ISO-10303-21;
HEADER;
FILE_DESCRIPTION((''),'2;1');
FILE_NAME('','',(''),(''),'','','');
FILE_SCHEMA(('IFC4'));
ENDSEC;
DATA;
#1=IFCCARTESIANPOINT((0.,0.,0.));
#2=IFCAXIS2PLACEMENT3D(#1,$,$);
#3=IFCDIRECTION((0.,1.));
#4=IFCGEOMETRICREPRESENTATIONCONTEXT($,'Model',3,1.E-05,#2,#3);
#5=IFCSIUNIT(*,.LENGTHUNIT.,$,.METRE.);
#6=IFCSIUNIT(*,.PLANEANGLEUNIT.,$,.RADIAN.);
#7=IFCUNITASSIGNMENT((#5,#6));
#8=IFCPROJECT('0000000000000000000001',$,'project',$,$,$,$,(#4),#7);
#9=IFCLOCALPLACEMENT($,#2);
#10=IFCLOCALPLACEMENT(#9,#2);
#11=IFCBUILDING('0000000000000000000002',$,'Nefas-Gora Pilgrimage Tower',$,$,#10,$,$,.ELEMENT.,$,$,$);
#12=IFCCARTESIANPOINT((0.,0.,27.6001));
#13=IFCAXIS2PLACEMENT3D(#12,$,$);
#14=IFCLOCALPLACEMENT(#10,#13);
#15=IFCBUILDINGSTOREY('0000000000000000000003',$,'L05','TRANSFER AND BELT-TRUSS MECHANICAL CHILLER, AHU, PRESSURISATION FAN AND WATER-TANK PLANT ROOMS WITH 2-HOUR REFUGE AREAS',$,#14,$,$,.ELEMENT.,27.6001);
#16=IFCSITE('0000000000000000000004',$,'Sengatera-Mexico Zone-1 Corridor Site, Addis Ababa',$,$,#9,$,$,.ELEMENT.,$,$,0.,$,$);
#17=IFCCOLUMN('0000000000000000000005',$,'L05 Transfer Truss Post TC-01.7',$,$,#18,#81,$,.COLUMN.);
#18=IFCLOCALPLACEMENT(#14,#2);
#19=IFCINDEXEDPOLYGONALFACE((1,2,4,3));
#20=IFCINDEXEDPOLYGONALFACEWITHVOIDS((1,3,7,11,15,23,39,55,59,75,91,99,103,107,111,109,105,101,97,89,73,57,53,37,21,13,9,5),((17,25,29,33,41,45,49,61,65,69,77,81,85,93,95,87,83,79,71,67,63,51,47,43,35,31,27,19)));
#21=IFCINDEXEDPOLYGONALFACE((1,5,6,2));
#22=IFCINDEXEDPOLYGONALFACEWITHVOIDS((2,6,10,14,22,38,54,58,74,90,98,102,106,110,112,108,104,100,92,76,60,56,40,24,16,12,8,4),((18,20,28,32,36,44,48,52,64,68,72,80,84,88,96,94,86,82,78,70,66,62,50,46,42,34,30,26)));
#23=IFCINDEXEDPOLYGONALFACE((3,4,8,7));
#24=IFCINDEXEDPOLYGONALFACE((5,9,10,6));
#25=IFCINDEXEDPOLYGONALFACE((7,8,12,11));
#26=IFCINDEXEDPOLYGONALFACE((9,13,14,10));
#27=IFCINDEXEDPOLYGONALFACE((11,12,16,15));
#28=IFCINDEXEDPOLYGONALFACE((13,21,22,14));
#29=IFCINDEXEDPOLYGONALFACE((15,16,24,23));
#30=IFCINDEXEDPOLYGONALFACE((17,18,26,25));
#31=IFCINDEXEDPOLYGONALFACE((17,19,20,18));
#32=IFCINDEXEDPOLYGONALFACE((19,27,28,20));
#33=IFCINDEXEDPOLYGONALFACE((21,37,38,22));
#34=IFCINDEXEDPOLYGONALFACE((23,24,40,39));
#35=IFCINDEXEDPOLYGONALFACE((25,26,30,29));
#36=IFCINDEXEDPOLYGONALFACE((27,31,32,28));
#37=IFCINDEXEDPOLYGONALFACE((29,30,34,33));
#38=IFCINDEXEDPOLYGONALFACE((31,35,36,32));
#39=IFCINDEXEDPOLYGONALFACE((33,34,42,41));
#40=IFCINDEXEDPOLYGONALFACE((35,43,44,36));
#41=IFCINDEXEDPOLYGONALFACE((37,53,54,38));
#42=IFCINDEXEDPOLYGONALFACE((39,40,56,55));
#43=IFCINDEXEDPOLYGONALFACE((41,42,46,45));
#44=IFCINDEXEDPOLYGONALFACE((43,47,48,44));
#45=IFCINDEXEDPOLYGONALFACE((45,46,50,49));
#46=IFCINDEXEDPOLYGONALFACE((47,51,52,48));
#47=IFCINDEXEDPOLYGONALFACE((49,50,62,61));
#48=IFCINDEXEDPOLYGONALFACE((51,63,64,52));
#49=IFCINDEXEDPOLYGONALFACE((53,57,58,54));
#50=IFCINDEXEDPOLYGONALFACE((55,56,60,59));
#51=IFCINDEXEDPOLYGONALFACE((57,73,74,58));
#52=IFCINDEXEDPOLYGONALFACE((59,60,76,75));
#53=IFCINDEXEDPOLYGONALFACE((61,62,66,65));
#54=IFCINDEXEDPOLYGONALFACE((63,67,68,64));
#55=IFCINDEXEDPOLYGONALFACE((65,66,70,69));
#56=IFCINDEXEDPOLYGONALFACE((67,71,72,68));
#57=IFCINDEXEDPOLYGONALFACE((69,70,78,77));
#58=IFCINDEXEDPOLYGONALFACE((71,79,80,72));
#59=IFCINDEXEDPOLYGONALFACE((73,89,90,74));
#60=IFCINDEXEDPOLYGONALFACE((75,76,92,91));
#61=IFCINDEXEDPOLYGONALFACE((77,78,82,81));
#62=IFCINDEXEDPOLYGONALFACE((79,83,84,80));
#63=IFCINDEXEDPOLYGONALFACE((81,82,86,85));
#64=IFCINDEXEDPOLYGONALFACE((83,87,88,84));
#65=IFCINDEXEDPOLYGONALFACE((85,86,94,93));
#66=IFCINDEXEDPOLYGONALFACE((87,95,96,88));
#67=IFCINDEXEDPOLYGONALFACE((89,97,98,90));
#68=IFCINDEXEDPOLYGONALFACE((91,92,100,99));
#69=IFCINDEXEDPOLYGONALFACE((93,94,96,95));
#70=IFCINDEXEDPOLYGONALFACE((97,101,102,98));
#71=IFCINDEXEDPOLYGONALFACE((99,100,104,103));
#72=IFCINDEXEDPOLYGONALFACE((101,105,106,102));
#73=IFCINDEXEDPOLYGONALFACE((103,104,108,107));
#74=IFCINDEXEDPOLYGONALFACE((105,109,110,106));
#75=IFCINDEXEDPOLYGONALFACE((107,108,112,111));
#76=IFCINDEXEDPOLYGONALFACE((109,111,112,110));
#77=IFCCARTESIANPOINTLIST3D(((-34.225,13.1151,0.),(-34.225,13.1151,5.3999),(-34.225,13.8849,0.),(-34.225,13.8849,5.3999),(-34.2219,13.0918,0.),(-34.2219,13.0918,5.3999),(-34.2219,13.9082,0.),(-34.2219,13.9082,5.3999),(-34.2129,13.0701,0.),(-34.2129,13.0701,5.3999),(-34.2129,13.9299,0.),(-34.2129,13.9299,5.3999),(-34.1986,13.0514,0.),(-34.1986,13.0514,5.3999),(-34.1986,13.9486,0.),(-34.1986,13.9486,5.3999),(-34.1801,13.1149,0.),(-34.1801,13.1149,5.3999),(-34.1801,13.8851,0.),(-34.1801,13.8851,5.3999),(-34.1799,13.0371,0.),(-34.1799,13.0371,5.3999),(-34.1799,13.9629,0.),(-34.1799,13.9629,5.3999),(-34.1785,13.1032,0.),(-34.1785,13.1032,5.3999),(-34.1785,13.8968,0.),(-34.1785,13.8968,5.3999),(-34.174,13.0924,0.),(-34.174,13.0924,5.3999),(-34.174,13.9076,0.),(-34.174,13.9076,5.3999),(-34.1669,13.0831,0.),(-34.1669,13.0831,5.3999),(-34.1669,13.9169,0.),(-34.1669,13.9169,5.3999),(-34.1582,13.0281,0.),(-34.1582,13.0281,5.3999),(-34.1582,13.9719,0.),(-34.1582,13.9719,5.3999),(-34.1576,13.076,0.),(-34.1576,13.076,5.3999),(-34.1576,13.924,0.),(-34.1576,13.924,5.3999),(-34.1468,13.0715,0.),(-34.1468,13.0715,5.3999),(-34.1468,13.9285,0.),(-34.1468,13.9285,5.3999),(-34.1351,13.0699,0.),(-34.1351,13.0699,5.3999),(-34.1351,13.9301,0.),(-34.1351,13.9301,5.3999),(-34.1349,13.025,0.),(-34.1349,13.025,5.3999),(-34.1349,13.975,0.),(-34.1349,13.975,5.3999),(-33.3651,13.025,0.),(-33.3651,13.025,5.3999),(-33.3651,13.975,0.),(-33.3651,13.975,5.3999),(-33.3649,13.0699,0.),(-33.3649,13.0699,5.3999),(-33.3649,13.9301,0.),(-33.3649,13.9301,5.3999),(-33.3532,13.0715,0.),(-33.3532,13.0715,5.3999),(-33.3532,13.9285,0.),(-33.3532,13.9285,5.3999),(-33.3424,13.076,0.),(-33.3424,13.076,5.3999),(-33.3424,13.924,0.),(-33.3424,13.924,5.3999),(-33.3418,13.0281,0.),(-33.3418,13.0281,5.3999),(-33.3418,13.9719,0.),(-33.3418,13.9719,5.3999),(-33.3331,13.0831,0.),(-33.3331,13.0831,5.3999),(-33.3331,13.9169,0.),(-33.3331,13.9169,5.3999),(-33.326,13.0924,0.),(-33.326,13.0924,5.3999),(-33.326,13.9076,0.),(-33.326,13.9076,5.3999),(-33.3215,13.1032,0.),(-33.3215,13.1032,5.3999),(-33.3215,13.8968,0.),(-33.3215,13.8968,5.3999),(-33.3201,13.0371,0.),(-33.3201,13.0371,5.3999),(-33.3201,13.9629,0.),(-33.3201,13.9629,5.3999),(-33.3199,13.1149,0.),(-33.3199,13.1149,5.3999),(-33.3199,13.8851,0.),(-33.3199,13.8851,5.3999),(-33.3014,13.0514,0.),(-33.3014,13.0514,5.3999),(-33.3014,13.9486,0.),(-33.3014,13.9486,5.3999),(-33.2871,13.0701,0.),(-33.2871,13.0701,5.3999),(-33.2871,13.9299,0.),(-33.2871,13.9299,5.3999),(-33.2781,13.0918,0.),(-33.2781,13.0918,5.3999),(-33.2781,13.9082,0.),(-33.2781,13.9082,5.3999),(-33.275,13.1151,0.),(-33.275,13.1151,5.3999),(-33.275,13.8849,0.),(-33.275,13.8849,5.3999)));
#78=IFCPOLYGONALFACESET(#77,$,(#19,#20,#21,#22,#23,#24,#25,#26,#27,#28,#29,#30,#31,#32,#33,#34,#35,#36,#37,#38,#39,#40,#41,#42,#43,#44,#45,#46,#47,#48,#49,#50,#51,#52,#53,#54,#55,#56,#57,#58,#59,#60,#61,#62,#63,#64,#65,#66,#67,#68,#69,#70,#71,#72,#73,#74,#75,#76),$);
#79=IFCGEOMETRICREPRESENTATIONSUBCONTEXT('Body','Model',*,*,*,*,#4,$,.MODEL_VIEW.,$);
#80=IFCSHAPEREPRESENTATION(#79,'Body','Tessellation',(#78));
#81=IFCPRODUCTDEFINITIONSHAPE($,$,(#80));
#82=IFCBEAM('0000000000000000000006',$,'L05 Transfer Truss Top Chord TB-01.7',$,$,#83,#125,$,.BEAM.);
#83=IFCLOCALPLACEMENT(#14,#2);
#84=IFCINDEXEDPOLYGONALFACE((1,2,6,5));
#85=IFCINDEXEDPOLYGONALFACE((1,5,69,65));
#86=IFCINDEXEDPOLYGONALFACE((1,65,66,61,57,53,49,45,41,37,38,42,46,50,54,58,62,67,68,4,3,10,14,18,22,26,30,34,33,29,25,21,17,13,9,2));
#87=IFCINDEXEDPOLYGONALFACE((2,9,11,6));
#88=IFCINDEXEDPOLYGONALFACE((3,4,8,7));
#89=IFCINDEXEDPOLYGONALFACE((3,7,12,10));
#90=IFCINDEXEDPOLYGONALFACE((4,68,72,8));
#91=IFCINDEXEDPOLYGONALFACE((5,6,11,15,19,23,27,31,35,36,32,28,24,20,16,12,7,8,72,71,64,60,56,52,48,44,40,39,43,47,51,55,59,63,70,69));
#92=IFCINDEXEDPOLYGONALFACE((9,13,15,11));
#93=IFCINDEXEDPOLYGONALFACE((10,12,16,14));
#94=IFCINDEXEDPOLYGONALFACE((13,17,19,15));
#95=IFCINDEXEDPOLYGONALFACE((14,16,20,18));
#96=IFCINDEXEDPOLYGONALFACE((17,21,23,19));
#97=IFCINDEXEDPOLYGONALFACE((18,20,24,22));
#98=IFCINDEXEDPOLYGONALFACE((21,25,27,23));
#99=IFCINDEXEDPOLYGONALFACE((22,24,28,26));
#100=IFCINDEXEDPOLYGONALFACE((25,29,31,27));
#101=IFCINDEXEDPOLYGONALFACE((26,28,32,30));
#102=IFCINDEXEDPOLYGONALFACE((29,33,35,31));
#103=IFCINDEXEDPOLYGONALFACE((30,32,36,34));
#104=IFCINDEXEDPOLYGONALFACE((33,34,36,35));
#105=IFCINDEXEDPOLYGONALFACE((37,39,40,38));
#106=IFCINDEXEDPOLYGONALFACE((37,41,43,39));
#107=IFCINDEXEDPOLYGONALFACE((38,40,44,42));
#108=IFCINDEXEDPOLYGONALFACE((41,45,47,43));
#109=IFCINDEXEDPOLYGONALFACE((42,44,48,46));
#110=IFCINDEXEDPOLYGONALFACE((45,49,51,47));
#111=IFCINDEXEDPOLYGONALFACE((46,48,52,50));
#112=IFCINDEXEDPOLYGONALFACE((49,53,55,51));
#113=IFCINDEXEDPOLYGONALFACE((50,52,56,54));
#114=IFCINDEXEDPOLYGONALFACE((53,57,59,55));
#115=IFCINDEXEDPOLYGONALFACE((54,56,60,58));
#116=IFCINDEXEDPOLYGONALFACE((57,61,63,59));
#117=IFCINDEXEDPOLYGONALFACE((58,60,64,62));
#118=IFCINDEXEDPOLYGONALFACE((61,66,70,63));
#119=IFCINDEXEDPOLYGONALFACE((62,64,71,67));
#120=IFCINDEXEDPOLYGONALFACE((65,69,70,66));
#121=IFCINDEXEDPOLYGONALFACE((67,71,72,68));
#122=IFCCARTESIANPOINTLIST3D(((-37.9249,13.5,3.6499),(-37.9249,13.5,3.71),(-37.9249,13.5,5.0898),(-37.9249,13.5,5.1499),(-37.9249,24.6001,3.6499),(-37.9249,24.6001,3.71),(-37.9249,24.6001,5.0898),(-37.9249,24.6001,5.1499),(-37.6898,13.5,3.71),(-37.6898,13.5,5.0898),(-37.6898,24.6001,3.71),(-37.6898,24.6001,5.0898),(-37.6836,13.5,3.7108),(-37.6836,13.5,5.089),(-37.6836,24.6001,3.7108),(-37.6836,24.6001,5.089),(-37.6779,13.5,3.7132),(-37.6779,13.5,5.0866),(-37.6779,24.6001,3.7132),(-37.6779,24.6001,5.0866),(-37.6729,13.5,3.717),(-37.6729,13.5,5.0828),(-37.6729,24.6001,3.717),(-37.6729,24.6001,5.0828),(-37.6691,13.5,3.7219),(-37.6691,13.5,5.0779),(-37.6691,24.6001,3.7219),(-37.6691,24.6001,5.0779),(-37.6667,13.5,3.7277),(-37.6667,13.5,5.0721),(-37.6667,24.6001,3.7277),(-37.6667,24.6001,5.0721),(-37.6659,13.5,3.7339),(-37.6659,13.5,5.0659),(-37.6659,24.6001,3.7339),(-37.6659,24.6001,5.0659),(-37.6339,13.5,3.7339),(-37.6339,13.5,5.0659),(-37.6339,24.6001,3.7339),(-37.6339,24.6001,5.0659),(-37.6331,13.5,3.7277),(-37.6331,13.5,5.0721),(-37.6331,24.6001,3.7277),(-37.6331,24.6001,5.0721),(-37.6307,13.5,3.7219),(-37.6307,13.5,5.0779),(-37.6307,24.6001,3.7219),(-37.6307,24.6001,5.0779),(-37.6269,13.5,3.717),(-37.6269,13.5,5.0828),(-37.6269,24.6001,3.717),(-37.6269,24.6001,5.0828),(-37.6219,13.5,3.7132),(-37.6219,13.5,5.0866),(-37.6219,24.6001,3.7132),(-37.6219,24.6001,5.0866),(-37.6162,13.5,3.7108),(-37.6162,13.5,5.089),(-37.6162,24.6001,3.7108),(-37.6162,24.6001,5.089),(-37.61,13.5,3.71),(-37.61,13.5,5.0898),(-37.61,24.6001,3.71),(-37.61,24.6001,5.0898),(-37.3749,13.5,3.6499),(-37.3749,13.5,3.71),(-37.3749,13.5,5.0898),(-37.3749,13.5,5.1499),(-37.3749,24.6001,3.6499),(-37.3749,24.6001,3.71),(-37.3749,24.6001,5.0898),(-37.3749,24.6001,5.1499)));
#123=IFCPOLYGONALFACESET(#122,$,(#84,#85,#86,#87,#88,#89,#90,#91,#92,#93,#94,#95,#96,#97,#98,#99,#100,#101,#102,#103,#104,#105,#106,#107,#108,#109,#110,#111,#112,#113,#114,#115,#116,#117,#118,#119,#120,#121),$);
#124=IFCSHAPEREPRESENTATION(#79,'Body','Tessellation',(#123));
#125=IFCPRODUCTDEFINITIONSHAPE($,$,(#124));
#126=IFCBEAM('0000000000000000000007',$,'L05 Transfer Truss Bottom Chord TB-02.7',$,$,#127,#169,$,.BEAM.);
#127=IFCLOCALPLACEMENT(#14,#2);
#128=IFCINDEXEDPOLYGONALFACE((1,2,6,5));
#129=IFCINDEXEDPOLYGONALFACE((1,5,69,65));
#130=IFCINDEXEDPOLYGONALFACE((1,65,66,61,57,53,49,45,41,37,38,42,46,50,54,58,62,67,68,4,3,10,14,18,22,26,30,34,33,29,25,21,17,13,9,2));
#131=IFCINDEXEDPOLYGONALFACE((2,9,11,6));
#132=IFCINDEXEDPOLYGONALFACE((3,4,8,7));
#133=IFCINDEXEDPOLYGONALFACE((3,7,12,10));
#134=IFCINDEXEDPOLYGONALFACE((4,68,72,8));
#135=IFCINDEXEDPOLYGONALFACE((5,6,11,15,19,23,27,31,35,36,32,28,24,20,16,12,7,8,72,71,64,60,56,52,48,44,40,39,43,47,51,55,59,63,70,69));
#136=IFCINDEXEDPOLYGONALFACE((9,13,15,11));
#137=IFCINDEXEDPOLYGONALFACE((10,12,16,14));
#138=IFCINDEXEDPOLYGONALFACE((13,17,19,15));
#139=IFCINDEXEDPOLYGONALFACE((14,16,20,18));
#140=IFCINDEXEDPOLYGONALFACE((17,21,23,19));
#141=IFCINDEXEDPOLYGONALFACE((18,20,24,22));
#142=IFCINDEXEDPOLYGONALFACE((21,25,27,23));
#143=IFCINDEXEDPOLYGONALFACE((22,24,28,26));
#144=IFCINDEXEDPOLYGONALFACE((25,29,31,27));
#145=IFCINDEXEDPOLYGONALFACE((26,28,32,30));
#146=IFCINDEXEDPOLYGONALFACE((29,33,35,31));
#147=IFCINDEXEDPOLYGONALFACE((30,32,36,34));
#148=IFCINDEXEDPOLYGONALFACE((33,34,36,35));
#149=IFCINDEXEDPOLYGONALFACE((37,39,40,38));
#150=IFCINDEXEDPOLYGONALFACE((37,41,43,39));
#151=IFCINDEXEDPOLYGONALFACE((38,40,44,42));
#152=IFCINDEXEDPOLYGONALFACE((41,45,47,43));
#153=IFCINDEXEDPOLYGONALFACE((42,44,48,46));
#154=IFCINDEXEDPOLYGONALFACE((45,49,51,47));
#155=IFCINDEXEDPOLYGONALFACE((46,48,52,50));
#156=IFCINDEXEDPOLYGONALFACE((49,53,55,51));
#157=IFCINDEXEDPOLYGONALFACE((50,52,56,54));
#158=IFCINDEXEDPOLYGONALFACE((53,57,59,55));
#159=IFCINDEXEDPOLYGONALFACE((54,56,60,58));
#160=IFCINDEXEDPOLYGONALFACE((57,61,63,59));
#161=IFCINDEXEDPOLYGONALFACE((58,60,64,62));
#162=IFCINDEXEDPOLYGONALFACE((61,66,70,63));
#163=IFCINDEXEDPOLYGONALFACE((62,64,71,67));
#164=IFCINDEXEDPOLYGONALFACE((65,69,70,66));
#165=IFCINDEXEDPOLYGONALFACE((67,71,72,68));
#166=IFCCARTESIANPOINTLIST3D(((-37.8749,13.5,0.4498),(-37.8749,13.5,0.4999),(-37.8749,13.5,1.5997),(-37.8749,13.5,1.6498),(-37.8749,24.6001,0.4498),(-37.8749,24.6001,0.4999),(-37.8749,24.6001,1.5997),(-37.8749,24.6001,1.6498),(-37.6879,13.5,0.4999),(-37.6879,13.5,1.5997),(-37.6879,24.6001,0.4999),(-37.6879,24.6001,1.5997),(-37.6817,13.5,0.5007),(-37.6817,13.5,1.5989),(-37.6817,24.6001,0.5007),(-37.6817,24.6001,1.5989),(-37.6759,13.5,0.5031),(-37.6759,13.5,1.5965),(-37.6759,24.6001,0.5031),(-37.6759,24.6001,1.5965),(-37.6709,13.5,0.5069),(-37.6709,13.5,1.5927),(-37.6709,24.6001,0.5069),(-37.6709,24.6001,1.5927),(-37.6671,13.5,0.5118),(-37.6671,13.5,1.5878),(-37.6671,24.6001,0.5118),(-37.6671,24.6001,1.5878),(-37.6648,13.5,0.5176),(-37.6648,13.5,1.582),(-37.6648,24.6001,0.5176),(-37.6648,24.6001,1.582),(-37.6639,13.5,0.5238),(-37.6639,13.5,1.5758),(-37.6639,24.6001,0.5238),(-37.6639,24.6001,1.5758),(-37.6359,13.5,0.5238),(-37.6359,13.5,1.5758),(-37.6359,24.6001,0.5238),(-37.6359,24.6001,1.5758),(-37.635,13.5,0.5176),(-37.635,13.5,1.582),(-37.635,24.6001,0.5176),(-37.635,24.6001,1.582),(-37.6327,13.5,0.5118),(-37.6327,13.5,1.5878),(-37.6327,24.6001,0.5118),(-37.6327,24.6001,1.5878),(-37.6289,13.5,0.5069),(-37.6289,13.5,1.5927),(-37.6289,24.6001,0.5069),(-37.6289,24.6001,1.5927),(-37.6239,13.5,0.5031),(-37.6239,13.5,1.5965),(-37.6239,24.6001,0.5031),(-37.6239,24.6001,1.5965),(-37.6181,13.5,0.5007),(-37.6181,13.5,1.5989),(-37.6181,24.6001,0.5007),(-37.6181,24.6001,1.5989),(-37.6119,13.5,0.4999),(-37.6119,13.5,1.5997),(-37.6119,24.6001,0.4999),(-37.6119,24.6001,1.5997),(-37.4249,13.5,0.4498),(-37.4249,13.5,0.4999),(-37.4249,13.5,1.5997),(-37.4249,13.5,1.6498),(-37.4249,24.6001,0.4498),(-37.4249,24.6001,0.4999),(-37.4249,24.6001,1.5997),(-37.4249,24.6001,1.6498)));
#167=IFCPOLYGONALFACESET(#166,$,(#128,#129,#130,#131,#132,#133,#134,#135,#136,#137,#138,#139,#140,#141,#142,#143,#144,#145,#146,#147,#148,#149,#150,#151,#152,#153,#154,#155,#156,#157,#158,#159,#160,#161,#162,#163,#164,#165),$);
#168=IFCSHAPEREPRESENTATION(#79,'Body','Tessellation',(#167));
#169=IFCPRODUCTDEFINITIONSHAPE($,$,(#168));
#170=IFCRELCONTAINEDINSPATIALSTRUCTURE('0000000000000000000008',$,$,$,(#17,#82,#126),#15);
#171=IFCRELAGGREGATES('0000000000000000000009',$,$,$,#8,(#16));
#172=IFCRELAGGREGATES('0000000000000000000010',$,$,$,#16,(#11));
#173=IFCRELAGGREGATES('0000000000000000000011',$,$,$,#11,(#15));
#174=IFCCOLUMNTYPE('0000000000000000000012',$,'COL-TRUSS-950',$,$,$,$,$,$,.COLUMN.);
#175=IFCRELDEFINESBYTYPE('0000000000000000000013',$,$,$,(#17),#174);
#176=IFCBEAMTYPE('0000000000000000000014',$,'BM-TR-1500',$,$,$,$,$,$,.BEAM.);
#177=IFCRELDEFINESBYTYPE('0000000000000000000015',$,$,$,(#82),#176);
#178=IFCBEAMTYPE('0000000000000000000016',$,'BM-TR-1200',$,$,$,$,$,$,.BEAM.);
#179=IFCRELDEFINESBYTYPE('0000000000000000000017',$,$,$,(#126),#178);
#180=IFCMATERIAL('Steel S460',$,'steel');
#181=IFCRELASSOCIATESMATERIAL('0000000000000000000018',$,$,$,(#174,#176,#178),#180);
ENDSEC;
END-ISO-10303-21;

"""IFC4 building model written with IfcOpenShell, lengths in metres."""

from ifc_helpers import new_model, si_unit, direction, frame, origin, origin_2d, place, context, subcontext, project, spatial, hollow_rectangle, i_section, extrude, source, transform, mapped, material, material_profile, profile_set, type_object, element, save


model = new_model("IFC4")

# Units and contexts
model_context = context("Model", 3, precision=1e-05, world=origin(), true_north=direction((0.0, 1.0)))
body_context = subcontext(model_context, "Body", "Model", "MODEL_VIEW")
ifc_project = project(units=[si_unit("LENGTHUNIT", "METRE"), si_unit("PLANEANGLEUNIT", "RADIAN")], contexts=[model_context])

# Site, building, storey
site_placement = place(None, origin())
site = spatial("IfcSite", under=ifc_project, at=site_placement, Name="Sengatera-Mexico Zone-1 Corridor Site, Addis Ababa", CompositionType="ELEMENT", RefElevation=0.0)
building_placement = place(site_placement, origin())
building = spatial("IfcBuilding", under=site, at=building_placement, Name="Nefas-Gora Pilgrimage Tower", CompositionType="ELEMENT")
storey_placement = place(building_placement, frame((0.0, 0.0, 27.6001)))
storey = spatial("IfcBuildingStorey", under=building, at=storey_placement, Name="L05", Description="TRANSFER AND BELT-TRUSS MECHANICAL CHILLER, AHU, PRESSURISATION FAN AND WATER-TANK PLANT ROOMS WITH 2-HOUR REFUGE AREAS", CompositionType="ELEMENT", Elevation=27.6001)

# Column
ifc_material_1 = material(Name="Steel S460", Category="steel")
ifc_material_profile_1 = material_profile(ifc_material_1, hollow_rectangle(XDim=0.95, YDim=0.95, WallThickness=0.0449, InnerFilletRadius=0.0449, OuterFilletRadius=0.0901, at=origin_2d()), Name="BOX 950x950x45")
ifc_profile_set_1 = profile_set([ifc_material_profile_1], Name="Steel S460")
column_type_1 = type_object("IfcColumnType", Name="COL-TRUSS-950", PredefinedType="COLUMN", material=ifc_profile_set_1)
shared_shape_1 = source(origin(), body_context, "Body", "SweptSolid", [
    extrude(hollow_rectangle(XDim=0.95, YDim=0.95, WallThickness=0.0449, InnerFilletRadius=0.0449, OuterFilletRadius=0.0901, at=origin_2d()), origin(), (0.0, 0.0, 1.0), 5.3999),
])
column_placement = place(storey_placement, frame((-33.75, 13.5, 0.0), z_axis=(0.0, 0.0, 1.0), x_axis=(1.0, 0.0, 0.0)))
element("IfcColumn", 1, at=column_placement, inside=storey, type_object=column_type_1, Name="L05 Transfer Truss Post TC-01.7", PredefinedType="COLUMN", context=body_context, shape_type="MappedRepresentation", body=[
    mapped(shared_shape_1, transform((0.0, 0.0, 0.0), x_axis=(1.0, 0.0, 0.0), y_axis=(0.0, 1.0, 0.0), z_axis=(0.0, 0.0, 1.0), scale=1.0)),
])

# Beams
ifc_material_profile_2 = material_profile(ifc_material_1, i_section(OverallWidth=0.55, OverallDepth=1.5, WebThickness=0.032, FlangeThickness=0.0601, FilletRadius=0.0239, at=origin_2d()), Name="WPG 1500x550x32x60")
ifc_profile_set_2 = profile_set([ifc_material_profile_2], Name="Steel S460")
beam_type_1 = type_object("IfcBeamType", Name="BM-TR-1500", PredefinedType="BEAM", material=ifc_profile_set_2)
shared_shape_2 = source(origin(), body_context, "Body", "SweptSolid", [
    extrude(i_section(OverallWidth=0.55, OverallDepth=1.5, WebThickness=0.032, FlangeThickness=0.0601, FilletRadius=0.0239, at=origin_2d()), origin(), (0.0, 0.0, 1.0), 11.1001),
])
beam_1_placement = place(storey_placement, frame((-37.6499, 13.5, 4.3999), z_axis=(0.0, 1.0, 0.0), x_axis=(-1.0, 0.0, 0.0)))
element("IfcBeam", 2, at=beam_1_placement, inside=storey, type_object=beam_type_1, Name="L05 Transfer Truss Top Chord TB-01.7", PredefinedType="BEAM", context=body_context, shape_type="MappedRepresentation", body=[
    mapped(shared_shape_2, transform((0.0, 0.0, 0.0), x_axis=(1.0, 0.0, 0.0), y_axis=(0.0, 1.0, 0.0), z_axis=(0.0, 0.0, 1.0), scale=1.0)),
])
ifc_material_profile_3 = material_profile(ifc_material_1, i_section(OverallWidth=0.45, OverallDepth=1.2, WebThickness=0.0281, FlangeThickness=0.05, FilletRadius=0.0239, at=origin_2d()), Name="WPG 1200x450x28x50")
ifc_profile_set_3 = profile_set([ifc_material_profile_3], Name="Steel S460")
beam_type_2 = type_object("IfcBeamType", Name="BM-TR-1200", PredefinedType="BEAM", material=ifc_profile_set_3)
shared_shape_3 = source(origin(), body_context, "Body", "SweptSolid", [
    extrude(i_section(OverallWidth=0.45, OverallDepth=1.2, WebThickness=0.0281, FlangeThickness=0.05, FilletRadius=0.0239, at=origin_2d()), origin(), (0.0, 0.0, 1.0), 11.1001),
])
beam_2_placement = place(storey_placement, frame((-37.6499, 13.5, 1.0498), z_axis=(0.0, 1.0, 0.0), x_axis=(-1.0, 0.0, 0.0)))
element("IfcBeam", 3, at=beam_2_placement, inside=storey, type_object=beam_type_2, Name="L05 Transfer Truss Bottom Chord TB-02.7", PredefinedType="BEAM", context=body_context, shape_type="MappedRepresentation", body=[
    mapped(shared_shape_3, transform((0.0, 0.0, 0.0), x_axis=(1.0, 0.0, 0.0), y_axis=(0.0, 1.0, 0.0), z_axis=(0.0, 0.0, 1.0), scale=1.0)),
])

save(model, "model.ifc")
